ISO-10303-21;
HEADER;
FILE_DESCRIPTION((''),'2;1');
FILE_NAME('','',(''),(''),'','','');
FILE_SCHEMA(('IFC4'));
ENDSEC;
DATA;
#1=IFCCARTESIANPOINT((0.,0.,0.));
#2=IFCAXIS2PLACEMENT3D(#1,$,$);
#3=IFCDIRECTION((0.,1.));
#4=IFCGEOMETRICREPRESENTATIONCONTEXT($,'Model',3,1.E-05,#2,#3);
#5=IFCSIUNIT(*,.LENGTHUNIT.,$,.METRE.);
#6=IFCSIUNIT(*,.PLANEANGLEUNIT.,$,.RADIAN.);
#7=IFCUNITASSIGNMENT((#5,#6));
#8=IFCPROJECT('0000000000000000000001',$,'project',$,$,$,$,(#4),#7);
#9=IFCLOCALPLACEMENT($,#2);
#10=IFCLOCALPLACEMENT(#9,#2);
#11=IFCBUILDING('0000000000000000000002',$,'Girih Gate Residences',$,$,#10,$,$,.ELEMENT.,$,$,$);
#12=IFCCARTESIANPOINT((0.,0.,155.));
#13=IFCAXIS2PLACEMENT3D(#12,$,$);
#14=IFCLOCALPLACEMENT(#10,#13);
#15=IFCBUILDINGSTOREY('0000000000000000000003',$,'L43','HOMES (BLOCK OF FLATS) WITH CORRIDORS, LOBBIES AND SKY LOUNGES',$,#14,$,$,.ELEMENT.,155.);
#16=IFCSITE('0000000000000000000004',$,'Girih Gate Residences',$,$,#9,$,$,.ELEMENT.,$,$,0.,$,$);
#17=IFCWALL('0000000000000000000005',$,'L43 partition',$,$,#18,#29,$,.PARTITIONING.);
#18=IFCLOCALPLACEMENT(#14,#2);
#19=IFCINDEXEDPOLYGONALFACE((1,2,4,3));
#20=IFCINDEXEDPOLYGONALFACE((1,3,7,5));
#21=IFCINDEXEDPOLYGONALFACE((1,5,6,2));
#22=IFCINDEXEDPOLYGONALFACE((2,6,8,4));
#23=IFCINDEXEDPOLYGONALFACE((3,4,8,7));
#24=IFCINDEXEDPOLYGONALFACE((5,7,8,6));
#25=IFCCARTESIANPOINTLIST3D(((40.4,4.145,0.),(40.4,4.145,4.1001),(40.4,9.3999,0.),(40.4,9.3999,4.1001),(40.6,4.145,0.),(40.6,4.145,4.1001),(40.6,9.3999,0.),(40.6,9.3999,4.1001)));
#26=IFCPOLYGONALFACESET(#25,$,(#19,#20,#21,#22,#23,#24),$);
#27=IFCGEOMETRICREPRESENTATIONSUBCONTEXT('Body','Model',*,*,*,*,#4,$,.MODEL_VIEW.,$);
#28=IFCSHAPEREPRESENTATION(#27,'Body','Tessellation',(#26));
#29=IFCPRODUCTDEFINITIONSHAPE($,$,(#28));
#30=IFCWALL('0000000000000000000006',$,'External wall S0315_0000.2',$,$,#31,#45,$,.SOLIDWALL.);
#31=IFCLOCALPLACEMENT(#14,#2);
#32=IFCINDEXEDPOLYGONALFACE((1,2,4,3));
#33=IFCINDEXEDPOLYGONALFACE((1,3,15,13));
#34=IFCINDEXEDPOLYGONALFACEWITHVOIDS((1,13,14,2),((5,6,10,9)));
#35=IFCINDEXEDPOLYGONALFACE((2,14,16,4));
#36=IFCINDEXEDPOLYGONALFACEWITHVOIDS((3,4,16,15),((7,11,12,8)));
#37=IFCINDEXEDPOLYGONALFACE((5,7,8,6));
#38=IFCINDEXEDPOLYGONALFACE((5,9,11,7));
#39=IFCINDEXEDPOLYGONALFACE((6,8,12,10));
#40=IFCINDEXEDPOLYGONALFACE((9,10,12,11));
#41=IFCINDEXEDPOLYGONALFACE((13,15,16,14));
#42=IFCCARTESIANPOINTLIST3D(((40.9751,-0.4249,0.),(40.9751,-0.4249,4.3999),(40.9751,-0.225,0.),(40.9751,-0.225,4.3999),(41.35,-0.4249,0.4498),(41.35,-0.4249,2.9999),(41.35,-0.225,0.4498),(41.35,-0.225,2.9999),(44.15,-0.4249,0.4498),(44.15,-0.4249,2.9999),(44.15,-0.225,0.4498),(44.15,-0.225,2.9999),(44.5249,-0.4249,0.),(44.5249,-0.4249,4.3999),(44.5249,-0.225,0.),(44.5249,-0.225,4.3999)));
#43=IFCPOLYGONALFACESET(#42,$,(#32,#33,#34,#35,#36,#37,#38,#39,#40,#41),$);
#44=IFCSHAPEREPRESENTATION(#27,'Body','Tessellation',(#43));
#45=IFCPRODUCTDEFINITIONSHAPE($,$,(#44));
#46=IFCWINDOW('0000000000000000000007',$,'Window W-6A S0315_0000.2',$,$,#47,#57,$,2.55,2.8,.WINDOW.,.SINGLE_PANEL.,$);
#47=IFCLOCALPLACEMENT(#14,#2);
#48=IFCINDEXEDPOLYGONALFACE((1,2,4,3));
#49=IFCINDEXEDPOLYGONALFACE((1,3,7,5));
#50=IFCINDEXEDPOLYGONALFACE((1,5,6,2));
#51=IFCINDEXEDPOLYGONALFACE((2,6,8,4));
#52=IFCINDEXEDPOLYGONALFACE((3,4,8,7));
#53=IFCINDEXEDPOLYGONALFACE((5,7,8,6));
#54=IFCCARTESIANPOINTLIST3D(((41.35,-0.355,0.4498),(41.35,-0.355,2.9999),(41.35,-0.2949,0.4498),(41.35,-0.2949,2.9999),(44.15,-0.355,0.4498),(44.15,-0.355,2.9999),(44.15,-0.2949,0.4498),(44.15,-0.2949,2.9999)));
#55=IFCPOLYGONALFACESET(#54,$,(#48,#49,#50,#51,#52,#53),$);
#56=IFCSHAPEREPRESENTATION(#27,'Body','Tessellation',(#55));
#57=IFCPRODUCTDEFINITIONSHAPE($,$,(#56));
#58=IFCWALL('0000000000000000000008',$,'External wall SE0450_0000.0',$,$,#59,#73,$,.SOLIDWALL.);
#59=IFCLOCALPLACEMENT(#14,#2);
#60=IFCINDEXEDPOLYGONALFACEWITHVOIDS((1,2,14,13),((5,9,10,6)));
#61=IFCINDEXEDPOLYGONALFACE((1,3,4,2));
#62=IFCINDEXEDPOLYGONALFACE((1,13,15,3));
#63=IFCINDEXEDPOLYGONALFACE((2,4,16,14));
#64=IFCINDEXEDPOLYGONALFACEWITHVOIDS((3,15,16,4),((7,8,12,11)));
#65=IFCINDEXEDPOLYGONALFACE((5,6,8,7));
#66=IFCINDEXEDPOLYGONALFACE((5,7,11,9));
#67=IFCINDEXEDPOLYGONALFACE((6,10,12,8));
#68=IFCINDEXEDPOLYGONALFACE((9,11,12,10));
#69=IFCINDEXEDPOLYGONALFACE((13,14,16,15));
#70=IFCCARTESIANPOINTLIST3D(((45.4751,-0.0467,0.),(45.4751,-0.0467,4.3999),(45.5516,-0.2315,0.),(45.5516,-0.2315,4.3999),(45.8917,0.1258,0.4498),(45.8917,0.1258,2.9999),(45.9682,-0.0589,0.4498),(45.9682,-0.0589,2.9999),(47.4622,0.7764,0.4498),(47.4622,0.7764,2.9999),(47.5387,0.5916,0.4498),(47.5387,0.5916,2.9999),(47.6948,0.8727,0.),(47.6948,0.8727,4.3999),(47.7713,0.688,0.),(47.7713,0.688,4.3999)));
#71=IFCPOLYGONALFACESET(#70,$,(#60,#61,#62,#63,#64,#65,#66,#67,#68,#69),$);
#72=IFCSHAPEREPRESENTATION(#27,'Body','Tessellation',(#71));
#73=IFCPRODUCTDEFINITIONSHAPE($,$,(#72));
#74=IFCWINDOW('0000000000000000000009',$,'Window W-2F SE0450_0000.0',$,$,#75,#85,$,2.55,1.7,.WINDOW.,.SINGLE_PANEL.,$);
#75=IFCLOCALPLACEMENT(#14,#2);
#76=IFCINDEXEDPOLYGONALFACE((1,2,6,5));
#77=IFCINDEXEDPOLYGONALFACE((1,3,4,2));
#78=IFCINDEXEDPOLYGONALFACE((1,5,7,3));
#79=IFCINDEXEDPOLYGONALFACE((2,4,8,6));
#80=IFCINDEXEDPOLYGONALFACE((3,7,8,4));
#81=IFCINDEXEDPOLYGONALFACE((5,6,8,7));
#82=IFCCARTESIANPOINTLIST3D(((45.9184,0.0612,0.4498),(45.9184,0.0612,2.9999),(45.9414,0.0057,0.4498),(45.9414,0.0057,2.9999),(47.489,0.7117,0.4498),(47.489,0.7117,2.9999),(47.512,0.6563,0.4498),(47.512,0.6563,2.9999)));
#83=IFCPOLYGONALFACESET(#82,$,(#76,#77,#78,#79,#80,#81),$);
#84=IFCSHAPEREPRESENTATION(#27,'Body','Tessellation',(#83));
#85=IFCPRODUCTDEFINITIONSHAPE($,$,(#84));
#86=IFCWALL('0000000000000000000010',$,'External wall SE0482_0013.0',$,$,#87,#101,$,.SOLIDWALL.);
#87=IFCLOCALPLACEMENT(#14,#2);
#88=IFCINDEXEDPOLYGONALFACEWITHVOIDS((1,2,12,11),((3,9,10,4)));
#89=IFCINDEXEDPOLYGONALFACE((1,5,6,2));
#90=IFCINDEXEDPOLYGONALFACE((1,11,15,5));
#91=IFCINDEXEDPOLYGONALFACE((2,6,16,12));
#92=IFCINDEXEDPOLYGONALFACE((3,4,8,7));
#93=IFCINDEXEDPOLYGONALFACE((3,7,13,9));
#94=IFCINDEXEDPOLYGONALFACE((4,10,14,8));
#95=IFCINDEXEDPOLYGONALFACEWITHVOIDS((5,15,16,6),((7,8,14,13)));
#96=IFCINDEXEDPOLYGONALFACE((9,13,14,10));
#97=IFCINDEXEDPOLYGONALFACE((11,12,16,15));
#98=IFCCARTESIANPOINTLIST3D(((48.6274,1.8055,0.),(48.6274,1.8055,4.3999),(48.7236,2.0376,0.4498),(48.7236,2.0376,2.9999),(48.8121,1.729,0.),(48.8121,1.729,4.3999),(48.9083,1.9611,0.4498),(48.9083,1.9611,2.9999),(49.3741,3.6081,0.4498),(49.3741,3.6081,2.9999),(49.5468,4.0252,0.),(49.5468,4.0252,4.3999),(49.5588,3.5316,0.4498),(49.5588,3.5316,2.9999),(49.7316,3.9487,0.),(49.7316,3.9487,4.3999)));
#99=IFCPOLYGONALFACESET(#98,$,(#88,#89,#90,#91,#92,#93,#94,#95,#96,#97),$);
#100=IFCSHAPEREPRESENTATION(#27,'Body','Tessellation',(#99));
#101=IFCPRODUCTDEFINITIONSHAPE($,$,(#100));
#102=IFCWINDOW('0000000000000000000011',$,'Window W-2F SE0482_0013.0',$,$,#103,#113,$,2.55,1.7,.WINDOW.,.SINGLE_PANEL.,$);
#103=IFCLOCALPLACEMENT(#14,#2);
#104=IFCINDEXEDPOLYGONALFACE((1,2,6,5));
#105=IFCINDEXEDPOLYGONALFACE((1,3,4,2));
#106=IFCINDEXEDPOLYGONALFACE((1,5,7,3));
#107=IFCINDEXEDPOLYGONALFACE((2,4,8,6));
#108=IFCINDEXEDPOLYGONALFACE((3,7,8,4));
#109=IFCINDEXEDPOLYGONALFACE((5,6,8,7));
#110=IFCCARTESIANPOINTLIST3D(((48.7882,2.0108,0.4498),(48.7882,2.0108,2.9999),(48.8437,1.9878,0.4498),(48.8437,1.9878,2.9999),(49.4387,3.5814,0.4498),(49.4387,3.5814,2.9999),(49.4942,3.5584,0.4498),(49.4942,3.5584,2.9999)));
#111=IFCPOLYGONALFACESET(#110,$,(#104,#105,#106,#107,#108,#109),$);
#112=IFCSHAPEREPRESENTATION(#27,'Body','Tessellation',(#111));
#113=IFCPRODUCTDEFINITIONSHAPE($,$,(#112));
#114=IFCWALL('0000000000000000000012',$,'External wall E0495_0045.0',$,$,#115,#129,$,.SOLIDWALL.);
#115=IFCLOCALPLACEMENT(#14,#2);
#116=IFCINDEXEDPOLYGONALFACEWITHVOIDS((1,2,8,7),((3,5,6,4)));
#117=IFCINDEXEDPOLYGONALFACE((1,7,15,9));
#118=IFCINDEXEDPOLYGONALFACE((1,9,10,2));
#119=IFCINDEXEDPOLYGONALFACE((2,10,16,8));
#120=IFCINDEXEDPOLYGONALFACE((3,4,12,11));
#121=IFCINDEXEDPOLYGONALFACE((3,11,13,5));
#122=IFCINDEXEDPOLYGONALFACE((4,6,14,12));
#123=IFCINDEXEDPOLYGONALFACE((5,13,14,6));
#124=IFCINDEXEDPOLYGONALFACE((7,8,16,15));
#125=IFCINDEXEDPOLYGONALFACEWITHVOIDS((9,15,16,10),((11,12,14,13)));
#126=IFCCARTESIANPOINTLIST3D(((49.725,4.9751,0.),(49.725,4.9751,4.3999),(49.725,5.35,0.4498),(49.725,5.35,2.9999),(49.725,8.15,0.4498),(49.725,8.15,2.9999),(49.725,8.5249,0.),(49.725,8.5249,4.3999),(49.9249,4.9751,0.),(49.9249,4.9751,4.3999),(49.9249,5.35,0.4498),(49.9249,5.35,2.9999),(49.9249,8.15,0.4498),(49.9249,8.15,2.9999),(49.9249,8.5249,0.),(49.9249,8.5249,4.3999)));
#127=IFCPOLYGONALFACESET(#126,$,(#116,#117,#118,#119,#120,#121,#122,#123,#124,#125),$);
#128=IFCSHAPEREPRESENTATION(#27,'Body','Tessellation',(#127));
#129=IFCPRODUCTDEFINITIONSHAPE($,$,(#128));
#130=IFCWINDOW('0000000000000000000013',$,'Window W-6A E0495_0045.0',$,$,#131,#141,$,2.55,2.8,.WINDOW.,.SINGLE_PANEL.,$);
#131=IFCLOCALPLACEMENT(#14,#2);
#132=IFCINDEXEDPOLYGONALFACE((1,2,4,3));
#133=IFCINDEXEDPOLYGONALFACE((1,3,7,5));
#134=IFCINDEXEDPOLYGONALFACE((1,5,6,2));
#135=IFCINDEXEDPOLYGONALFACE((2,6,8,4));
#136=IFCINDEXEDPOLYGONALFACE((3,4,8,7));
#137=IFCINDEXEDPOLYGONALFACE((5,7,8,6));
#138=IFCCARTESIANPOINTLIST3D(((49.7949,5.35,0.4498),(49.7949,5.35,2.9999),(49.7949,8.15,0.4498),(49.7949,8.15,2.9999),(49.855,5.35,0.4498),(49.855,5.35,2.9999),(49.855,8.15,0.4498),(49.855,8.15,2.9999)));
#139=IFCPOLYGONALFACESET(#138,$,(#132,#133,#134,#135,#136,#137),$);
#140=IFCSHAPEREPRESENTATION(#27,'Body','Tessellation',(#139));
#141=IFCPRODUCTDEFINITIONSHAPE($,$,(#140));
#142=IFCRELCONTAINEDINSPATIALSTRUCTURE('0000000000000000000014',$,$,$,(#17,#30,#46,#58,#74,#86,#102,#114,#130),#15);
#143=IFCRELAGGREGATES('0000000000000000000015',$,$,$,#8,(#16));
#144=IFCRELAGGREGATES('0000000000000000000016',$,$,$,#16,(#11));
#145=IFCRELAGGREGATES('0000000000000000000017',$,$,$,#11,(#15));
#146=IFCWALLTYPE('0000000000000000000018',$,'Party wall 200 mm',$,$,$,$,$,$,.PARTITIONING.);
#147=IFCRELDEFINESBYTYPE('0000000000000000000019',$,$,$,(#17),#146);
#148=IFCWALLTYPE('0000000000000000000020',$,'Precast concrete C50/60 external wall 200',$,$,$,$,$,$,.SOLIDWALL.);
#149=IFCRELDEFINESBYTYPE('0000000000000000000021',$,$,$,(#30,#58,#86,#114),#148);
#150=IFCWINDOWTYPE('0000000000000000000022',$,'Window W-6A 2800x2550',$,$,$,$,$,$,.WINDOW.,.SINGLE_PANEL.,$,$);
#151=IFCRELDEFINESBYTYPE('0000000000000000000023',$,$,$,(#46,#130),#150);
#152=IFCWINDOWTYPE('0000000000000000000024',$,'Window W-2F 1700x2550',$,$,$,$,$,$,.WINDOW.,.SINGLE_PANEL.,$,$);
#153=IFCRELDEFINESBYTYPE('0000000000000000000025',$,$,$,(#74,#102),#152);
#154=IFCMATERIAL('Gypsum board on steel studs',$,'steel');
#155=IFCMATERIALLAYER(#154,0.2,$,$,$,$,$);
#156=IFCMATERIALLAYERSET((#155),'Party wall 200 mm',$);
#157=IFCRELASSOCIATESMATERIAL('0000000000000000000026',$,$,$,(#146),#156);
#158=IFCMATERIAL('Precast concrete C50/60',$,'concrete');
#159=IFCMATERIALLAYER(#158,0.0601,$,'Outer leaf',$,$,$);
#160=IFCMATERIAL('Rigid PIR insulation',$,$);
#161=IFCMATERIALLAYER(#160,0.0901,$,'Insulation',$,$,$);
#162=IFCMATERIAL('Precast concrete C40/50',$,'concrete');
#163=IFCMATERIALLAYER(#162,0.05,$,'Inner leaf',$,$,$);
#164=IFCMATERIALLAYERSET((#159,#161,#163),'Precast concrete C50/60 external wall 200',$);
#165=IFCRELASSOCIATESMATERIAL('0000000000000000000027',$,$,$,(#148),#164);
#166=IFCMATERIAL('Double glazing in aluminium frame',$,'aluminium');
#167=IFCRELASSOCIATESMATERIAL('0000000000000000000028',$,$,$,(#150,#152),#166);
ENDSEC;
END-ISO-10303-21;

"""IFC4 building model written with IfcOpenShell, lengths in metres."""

from ifc_helpers import new_model, si_unit, direction, frame, frame_2d, origin, place, context, subcontext, project, spatial, rectangle, extrude, material, layer, layer_set, type_object, element, fill, save


model = new_model("IFC4")

# Units and contexts
model_context = context("Model", 3, precision=1e-05, world=origin(), true_north=direction((0.0, 1.0)))
body_context = subcontext(model_context, "Body", "Model", "MODEL_VIEW")
ifc_project = project(units=[si_unit("LENGTHUNIT", "METRE"), si_unit("PLANEANGLEUNIT", "RADIAN")], contexts=[model_context])

# Site, building, storey
site_placement = place(None, origin())
site = spatial("IfcSite", under=ifc_project, at=site_placement, Name="Girih Gate Residences", CompositionType="ELEMENT", RefElevation=0.0)
building_placement = place(site_placement, origin())
building = spatial("IfcBuilding", under=site, at=building_placement, Name="Girih Gate Residences", CompositionType="ELEMENT")
storey_placement = place(building_placement, frame((0.0, 0.0, 155.0)))
storey = spatial("IfcBuildingStorey", under=building, at=storey_placement, Name="L43", Description="HOMES (BLOCK OF FLATS) WITH CORRIDORS, LOBBIES AND SKY LOUNGES", CompositionType="ELEMENT", Elevation=155.0)

# Shared definitions
ifc_material_1 = material(Name="Gypsum board on steel studs", Category="steel")

# Wall
ifc_layer_1 = layer(ifc_material_1, 0.2)
ifc_layer_set_1 = layer_set([ifc_layer_1], Name="Party wall 200 mm")
wall_type_1 = type_object("IfcWallType", Name="Party wall 200 mm", PredefinedType="PARTITIONING", material=ifc_layer_set_1)
wall_1_placement = place(storey_placement, frame((40.5, 4.145, 0.0), z_axis=(0.0, 0.0, 1.0), x_axis=(0.0, 1.0, 0.0)))
element("IfcWall", 1, at=wall_1_placement, inside=storey, type_object=wall_type_1, Name="L43 partition", PredefinedType="PARTITIONING", context=body_context, shape_type="SweptSolid", body=[
    extrude(rectangle(XDim=5.2549, YDim=0.2, at=frame_2d((2.6274, 0.0))), origin(), (0.0, 0.0, 1.0), 4.1001),
])

# Walls, openings, windows
ifc_material_2 = material(Name="Precast concrete C50/60", Category="concrete")
ifc_layer_2 = layer(ifc_material_2, 0.0601, Name="Outer leaf")
ifc_material_3 = material(Name="Rigid PIR insulation")
ifc_layer_3 = layer(ifc_material_3, 0.0901, Name="Insulation")
ifc_material_4 = material(Name="Precast concrete C40/50", Category="concrete")
ifc_layer_4 = layer(ifc_material_4, 0.05, Name="Inner leaf")
ifc_layer_set_2 = layer_set([ifc_layer_2, ifc_layer_3, ifc_layer_4], Name="Precast concrete C50/60 external wall 200")
wall_type_2 = type_object("IfcWallType", Name="Precast concrete C50/60 external wall 200", PredefinedType="SOLIDWALL", material=ifc_layer_set_2)
wall_2_placement = place(storey_placement, frame((44.5249, -0.325, 0.0), z_axis=(0.0, 0.0, 1.0), x_axis=(-1.0, 0.0, 0.0)))
wall_2 = element("IfcWall", 2, at=wall_2_placement, inside=storey, type_object=wall_type_2, Name="External wall S0315_0000.2", PredefinedType="SOLIDWALL", context=body_context, shape_type="SweptSolid", body=[
    extrude(rectangle(XDim=3.5498, YDim=0.2, at=frame_2d((1.7749, 0.0))), origin(), (0.0, 0.0, 1.0), 4.3999),
])
opening_1_placement = place(wall_2_placement, frame((0.375, 0.0, 0.45)))
opening_1 = element("IfcOpeningElement", 3, at=opening_1_placement, cuts=wall_2, PredefinedType="OPENING", context=body_context, shape_type="SweptSolid", body=[
    extrude(rectangle(XDim=2.8, YDim=2.55, at=frame_2d((1.3999, 1.2749))), frame((0.0, 0.1099, 0.0), z_axis=(0.0, -1.0, 0.0), x_axis=(1.0, 0.0, 0.0)), (0.0, 0.0, 1.0), 0.22),
])
ifc_material_5 = material(Name="Double glazing in aluminium frame", Category="aluminium")
window_type_1 = type_object("IfcWindowType", Name="Window W-6A 2800x2550", PartitioningType="SINGLE_PANEL", PredefinedType="WINDOW", material=ifc_material_5)
window_1_placement = place(opening_1_placement, origin())
window_1 = element("IfcWindow", 4, at=window_1_placement, inside=storey, type_object=window_type_1, Name="Window W-6A S0315_0000.2", OverallHeight=2.55, OverallWidth=2.8, PartitioningType="SINGLE_PANEL", PredefinedType="WINDOW", context=body_context, shape_type="SweptSolid", body=[
    extrude(rectangle(XDim=2.8, YDim=2.55, at=frame_2d((1.3999, 1.2749))), frame((0.0, 0.03, 0.0), z_axis=(0.0, -1.0, 0.0), x_axis=(1.0, 0.0, 0.0)), (0.0, 0.0, 1.0), 0.0601),
])
fill(opening_1, window_1)
wall_3_placement = place(storey_placement, frame((47.7329, 0.7803, 0.0), z_axis=(0.0, 0.0, 1.0), x_axis=(-0.923881, -0.382681, 0.0)))
wall_3 = element("IfcWall", 5, at=wall_3_placement, inside=storey, type_object=wall_type_2, Name="External wall SE0450_0000.0", PredefinedType="SOLIDWALL", context=body_context, shape_type="SweptSolid", body=[
    extrude(rectangle(XDim=2.4026, YDim=0.2, at=frame_2d((1.2012, 0.0))), origin(), (0.0, 0.0, 1.0), 4.3999),
])
opening_2_placement = place(wall_3_placement, frame((0.2515, 0.0, 0.45)))
opening_2 = element("IfcOpeningElement", 6, at=opening_2_placement, cuts=wall_3, PredefinedType="OPENING", context=body_context, shape_type="SweptSolid", body=[
    extrude(rectangle(XDim=1.7, YDim=2.55, at=frame_2d((0.8501, 1.2749))), frame((0.0, 0.1099, 0.0), z_axis=(0.0, -1.0, 0.0), x_axis=(1.0, 0.0, 0.0)), (0.0, 0.0, 1.0), 0.22),
])
window_type_2 = type_object("IfcWindowType", Name="Window W-2F 1700x2550", PartitioningType="SINGLE_PANEL", PredefinedType="WINDOW", material=ifc_material_5)
window_2_placement = place(opening_2_placement, origin())
window_2 = element("IfcWindow", 7, at=window_2_placement, inside=storey, type_object=window_type_2, Name="Window W-2F SE0450_0000.0", OverallHeight=2.55, OverallWidth=1.7, PartitioningType="SINGLE_PANEL", PredefinedType="WINDOW", context=body_context, shape_type="SweptSolid", body=[
    extrude(rectangle(XDim=1.7, YDim=2.55, at=frame_2d((0.8501, 1.2749))), frame((0.0, 0.03, 0.0), z_axis=(0.0, -1.0, 0.0), x_axis=(1.0, 0.0, 0.0)), (0.0, 0.0, 1.0), 0.0601),
])
fill(opening_2, window_2)
wall_4_placement = place(storey_placement, frame((49.6392, 3.9868, 0.0), z_axis=(0.0, 0.0, 1.0), x_axis=(-0.382681, -0.923881, 0.0)))
wall_4 = element("IfcWall", 8, at=wall_4_placement, inside=storey, type_object=wall_type_2, Name="External wall SE0482_0013.0", PredefinedType="SOLIDWALL", context=body_context, shape_type="SweptSolid", body=[
    extrude(rectangle(XDim=2.4026, YDim=0.2, at=frame_2d((1.2012, 0.0))), origin(), (0.0, 0.0, 1.0), 4.3999),
])
opening_3_placement = place(wall_4_placement, frame((0.4512, 0.0, 0.45)))
opening_3 = element("IfcOpeningElement", 9, at=opening_3_placement, cuts=wall_4, PredefinedType="OPENING", context=body_context, shape_type="SweptSolid", body=[
    extrude(rectangle(XDim=1.7, YDim=2.55, at=frame_2d((0.8501, 1.2749))), frame((0.0, 0.1099, 0.0), z_axis=(0.0, -1.0, 0.0), x_axis=(1.0, 0.0, 0.0)), (0.0, 0.0, 1.0), 0.22),
])
window_3_placement = place(opening_3_placement, origin())
window_3 = element("IfcWindow", 10, at=window_3_placement, inside=storey, type_object=window_type_2, Name="Window W-2F SE0482_0013.0", OverallHeight=2.55, OverallWidth=1.7, PartitioningType="SINGLE_PANEL", PredefinedType="WINDOW", context=body_context, shape_type="SweptSolid", body=[
    extrude(rectangle(XDim=1.7, YDim=2.55, at=frame_2d((0.8501, 1.2749))), frame((0.0, 0.03, 0.0), z_axis=(0.0, -1.0, 0.0), x_axis=(1.0, 0.0, 0.0)), (0.0, 0.0, 1.0), 0.0601),
])
fill(opening_3, window_3)
wall_5_placement = place(storey_placement, frame((49.825, 8.5249, 0.0), z_axis=(0.0, 0.0, 1.0), x_axis=(0.0, -1.0, 0.0)))
wall_5 = element("IfcWall", 11, at=wall_5_placement, inside=storey, type_object=wall_type_2, Name="External wall E0495_0045.0", PredefinedType="SOLIDWALL", context=body_context, shape_type="SweptSolid", body=[
    extrude(rectangle(XDim=3.5498, YDim=0.2, at=frame_2d((1.7749, 0.0))), origin(), (0.0, 0.0, 1.0), 4.3999),
])
opening_4_placement = place(wall_5_placement, frame((0.375, 0.0, 0.45)))
opening_4 = element("IfcOpeningElement", 12, at=opening_4_placement, cuts=wall_5, PredefinedType="OPENING", context=body_context, shape_type="SweptSolid", body=[
    extrude(rectangle(XDim=2.8, YDim=2.55, at=frame_2d((1.3999, 1.2749))), frame((0.0, 0.1099, 0.0), z_axis=(0.0, -1.0, 0.0), x_axis=(1.0, 0.0, 0.0)), (0.0, 0.0, 1.0), 0.22),
])
window_4_placement = place(opening_4_placement, origin())
window_4 = element("IfcWindow", 13, at=window_4_placement, inside=storey, type_object=window_type_1, Name="Window W-6A E0495_0045.0", OverallHeight=2.55, OverallWidth=2.8, PartitioningType="SINGLE_PANEL", PredefinedType="WINDOW", context=body_context, shape_type="SweptSolid", body=[
    extrude(rectangle(XDim=2.8, YDim=2.55, at=frame_2d((1.3999, 1.2749))), frame((0.0, 0.03, 0.0), z_axis=(0.0, -1.0, 0.0), x_axis=(1.0, 0.0, 0.0)), (0.0, 0.0, 1.0), 0.0601),
])
fill(opening_4, window_4)

save(model, "model.ifc")
